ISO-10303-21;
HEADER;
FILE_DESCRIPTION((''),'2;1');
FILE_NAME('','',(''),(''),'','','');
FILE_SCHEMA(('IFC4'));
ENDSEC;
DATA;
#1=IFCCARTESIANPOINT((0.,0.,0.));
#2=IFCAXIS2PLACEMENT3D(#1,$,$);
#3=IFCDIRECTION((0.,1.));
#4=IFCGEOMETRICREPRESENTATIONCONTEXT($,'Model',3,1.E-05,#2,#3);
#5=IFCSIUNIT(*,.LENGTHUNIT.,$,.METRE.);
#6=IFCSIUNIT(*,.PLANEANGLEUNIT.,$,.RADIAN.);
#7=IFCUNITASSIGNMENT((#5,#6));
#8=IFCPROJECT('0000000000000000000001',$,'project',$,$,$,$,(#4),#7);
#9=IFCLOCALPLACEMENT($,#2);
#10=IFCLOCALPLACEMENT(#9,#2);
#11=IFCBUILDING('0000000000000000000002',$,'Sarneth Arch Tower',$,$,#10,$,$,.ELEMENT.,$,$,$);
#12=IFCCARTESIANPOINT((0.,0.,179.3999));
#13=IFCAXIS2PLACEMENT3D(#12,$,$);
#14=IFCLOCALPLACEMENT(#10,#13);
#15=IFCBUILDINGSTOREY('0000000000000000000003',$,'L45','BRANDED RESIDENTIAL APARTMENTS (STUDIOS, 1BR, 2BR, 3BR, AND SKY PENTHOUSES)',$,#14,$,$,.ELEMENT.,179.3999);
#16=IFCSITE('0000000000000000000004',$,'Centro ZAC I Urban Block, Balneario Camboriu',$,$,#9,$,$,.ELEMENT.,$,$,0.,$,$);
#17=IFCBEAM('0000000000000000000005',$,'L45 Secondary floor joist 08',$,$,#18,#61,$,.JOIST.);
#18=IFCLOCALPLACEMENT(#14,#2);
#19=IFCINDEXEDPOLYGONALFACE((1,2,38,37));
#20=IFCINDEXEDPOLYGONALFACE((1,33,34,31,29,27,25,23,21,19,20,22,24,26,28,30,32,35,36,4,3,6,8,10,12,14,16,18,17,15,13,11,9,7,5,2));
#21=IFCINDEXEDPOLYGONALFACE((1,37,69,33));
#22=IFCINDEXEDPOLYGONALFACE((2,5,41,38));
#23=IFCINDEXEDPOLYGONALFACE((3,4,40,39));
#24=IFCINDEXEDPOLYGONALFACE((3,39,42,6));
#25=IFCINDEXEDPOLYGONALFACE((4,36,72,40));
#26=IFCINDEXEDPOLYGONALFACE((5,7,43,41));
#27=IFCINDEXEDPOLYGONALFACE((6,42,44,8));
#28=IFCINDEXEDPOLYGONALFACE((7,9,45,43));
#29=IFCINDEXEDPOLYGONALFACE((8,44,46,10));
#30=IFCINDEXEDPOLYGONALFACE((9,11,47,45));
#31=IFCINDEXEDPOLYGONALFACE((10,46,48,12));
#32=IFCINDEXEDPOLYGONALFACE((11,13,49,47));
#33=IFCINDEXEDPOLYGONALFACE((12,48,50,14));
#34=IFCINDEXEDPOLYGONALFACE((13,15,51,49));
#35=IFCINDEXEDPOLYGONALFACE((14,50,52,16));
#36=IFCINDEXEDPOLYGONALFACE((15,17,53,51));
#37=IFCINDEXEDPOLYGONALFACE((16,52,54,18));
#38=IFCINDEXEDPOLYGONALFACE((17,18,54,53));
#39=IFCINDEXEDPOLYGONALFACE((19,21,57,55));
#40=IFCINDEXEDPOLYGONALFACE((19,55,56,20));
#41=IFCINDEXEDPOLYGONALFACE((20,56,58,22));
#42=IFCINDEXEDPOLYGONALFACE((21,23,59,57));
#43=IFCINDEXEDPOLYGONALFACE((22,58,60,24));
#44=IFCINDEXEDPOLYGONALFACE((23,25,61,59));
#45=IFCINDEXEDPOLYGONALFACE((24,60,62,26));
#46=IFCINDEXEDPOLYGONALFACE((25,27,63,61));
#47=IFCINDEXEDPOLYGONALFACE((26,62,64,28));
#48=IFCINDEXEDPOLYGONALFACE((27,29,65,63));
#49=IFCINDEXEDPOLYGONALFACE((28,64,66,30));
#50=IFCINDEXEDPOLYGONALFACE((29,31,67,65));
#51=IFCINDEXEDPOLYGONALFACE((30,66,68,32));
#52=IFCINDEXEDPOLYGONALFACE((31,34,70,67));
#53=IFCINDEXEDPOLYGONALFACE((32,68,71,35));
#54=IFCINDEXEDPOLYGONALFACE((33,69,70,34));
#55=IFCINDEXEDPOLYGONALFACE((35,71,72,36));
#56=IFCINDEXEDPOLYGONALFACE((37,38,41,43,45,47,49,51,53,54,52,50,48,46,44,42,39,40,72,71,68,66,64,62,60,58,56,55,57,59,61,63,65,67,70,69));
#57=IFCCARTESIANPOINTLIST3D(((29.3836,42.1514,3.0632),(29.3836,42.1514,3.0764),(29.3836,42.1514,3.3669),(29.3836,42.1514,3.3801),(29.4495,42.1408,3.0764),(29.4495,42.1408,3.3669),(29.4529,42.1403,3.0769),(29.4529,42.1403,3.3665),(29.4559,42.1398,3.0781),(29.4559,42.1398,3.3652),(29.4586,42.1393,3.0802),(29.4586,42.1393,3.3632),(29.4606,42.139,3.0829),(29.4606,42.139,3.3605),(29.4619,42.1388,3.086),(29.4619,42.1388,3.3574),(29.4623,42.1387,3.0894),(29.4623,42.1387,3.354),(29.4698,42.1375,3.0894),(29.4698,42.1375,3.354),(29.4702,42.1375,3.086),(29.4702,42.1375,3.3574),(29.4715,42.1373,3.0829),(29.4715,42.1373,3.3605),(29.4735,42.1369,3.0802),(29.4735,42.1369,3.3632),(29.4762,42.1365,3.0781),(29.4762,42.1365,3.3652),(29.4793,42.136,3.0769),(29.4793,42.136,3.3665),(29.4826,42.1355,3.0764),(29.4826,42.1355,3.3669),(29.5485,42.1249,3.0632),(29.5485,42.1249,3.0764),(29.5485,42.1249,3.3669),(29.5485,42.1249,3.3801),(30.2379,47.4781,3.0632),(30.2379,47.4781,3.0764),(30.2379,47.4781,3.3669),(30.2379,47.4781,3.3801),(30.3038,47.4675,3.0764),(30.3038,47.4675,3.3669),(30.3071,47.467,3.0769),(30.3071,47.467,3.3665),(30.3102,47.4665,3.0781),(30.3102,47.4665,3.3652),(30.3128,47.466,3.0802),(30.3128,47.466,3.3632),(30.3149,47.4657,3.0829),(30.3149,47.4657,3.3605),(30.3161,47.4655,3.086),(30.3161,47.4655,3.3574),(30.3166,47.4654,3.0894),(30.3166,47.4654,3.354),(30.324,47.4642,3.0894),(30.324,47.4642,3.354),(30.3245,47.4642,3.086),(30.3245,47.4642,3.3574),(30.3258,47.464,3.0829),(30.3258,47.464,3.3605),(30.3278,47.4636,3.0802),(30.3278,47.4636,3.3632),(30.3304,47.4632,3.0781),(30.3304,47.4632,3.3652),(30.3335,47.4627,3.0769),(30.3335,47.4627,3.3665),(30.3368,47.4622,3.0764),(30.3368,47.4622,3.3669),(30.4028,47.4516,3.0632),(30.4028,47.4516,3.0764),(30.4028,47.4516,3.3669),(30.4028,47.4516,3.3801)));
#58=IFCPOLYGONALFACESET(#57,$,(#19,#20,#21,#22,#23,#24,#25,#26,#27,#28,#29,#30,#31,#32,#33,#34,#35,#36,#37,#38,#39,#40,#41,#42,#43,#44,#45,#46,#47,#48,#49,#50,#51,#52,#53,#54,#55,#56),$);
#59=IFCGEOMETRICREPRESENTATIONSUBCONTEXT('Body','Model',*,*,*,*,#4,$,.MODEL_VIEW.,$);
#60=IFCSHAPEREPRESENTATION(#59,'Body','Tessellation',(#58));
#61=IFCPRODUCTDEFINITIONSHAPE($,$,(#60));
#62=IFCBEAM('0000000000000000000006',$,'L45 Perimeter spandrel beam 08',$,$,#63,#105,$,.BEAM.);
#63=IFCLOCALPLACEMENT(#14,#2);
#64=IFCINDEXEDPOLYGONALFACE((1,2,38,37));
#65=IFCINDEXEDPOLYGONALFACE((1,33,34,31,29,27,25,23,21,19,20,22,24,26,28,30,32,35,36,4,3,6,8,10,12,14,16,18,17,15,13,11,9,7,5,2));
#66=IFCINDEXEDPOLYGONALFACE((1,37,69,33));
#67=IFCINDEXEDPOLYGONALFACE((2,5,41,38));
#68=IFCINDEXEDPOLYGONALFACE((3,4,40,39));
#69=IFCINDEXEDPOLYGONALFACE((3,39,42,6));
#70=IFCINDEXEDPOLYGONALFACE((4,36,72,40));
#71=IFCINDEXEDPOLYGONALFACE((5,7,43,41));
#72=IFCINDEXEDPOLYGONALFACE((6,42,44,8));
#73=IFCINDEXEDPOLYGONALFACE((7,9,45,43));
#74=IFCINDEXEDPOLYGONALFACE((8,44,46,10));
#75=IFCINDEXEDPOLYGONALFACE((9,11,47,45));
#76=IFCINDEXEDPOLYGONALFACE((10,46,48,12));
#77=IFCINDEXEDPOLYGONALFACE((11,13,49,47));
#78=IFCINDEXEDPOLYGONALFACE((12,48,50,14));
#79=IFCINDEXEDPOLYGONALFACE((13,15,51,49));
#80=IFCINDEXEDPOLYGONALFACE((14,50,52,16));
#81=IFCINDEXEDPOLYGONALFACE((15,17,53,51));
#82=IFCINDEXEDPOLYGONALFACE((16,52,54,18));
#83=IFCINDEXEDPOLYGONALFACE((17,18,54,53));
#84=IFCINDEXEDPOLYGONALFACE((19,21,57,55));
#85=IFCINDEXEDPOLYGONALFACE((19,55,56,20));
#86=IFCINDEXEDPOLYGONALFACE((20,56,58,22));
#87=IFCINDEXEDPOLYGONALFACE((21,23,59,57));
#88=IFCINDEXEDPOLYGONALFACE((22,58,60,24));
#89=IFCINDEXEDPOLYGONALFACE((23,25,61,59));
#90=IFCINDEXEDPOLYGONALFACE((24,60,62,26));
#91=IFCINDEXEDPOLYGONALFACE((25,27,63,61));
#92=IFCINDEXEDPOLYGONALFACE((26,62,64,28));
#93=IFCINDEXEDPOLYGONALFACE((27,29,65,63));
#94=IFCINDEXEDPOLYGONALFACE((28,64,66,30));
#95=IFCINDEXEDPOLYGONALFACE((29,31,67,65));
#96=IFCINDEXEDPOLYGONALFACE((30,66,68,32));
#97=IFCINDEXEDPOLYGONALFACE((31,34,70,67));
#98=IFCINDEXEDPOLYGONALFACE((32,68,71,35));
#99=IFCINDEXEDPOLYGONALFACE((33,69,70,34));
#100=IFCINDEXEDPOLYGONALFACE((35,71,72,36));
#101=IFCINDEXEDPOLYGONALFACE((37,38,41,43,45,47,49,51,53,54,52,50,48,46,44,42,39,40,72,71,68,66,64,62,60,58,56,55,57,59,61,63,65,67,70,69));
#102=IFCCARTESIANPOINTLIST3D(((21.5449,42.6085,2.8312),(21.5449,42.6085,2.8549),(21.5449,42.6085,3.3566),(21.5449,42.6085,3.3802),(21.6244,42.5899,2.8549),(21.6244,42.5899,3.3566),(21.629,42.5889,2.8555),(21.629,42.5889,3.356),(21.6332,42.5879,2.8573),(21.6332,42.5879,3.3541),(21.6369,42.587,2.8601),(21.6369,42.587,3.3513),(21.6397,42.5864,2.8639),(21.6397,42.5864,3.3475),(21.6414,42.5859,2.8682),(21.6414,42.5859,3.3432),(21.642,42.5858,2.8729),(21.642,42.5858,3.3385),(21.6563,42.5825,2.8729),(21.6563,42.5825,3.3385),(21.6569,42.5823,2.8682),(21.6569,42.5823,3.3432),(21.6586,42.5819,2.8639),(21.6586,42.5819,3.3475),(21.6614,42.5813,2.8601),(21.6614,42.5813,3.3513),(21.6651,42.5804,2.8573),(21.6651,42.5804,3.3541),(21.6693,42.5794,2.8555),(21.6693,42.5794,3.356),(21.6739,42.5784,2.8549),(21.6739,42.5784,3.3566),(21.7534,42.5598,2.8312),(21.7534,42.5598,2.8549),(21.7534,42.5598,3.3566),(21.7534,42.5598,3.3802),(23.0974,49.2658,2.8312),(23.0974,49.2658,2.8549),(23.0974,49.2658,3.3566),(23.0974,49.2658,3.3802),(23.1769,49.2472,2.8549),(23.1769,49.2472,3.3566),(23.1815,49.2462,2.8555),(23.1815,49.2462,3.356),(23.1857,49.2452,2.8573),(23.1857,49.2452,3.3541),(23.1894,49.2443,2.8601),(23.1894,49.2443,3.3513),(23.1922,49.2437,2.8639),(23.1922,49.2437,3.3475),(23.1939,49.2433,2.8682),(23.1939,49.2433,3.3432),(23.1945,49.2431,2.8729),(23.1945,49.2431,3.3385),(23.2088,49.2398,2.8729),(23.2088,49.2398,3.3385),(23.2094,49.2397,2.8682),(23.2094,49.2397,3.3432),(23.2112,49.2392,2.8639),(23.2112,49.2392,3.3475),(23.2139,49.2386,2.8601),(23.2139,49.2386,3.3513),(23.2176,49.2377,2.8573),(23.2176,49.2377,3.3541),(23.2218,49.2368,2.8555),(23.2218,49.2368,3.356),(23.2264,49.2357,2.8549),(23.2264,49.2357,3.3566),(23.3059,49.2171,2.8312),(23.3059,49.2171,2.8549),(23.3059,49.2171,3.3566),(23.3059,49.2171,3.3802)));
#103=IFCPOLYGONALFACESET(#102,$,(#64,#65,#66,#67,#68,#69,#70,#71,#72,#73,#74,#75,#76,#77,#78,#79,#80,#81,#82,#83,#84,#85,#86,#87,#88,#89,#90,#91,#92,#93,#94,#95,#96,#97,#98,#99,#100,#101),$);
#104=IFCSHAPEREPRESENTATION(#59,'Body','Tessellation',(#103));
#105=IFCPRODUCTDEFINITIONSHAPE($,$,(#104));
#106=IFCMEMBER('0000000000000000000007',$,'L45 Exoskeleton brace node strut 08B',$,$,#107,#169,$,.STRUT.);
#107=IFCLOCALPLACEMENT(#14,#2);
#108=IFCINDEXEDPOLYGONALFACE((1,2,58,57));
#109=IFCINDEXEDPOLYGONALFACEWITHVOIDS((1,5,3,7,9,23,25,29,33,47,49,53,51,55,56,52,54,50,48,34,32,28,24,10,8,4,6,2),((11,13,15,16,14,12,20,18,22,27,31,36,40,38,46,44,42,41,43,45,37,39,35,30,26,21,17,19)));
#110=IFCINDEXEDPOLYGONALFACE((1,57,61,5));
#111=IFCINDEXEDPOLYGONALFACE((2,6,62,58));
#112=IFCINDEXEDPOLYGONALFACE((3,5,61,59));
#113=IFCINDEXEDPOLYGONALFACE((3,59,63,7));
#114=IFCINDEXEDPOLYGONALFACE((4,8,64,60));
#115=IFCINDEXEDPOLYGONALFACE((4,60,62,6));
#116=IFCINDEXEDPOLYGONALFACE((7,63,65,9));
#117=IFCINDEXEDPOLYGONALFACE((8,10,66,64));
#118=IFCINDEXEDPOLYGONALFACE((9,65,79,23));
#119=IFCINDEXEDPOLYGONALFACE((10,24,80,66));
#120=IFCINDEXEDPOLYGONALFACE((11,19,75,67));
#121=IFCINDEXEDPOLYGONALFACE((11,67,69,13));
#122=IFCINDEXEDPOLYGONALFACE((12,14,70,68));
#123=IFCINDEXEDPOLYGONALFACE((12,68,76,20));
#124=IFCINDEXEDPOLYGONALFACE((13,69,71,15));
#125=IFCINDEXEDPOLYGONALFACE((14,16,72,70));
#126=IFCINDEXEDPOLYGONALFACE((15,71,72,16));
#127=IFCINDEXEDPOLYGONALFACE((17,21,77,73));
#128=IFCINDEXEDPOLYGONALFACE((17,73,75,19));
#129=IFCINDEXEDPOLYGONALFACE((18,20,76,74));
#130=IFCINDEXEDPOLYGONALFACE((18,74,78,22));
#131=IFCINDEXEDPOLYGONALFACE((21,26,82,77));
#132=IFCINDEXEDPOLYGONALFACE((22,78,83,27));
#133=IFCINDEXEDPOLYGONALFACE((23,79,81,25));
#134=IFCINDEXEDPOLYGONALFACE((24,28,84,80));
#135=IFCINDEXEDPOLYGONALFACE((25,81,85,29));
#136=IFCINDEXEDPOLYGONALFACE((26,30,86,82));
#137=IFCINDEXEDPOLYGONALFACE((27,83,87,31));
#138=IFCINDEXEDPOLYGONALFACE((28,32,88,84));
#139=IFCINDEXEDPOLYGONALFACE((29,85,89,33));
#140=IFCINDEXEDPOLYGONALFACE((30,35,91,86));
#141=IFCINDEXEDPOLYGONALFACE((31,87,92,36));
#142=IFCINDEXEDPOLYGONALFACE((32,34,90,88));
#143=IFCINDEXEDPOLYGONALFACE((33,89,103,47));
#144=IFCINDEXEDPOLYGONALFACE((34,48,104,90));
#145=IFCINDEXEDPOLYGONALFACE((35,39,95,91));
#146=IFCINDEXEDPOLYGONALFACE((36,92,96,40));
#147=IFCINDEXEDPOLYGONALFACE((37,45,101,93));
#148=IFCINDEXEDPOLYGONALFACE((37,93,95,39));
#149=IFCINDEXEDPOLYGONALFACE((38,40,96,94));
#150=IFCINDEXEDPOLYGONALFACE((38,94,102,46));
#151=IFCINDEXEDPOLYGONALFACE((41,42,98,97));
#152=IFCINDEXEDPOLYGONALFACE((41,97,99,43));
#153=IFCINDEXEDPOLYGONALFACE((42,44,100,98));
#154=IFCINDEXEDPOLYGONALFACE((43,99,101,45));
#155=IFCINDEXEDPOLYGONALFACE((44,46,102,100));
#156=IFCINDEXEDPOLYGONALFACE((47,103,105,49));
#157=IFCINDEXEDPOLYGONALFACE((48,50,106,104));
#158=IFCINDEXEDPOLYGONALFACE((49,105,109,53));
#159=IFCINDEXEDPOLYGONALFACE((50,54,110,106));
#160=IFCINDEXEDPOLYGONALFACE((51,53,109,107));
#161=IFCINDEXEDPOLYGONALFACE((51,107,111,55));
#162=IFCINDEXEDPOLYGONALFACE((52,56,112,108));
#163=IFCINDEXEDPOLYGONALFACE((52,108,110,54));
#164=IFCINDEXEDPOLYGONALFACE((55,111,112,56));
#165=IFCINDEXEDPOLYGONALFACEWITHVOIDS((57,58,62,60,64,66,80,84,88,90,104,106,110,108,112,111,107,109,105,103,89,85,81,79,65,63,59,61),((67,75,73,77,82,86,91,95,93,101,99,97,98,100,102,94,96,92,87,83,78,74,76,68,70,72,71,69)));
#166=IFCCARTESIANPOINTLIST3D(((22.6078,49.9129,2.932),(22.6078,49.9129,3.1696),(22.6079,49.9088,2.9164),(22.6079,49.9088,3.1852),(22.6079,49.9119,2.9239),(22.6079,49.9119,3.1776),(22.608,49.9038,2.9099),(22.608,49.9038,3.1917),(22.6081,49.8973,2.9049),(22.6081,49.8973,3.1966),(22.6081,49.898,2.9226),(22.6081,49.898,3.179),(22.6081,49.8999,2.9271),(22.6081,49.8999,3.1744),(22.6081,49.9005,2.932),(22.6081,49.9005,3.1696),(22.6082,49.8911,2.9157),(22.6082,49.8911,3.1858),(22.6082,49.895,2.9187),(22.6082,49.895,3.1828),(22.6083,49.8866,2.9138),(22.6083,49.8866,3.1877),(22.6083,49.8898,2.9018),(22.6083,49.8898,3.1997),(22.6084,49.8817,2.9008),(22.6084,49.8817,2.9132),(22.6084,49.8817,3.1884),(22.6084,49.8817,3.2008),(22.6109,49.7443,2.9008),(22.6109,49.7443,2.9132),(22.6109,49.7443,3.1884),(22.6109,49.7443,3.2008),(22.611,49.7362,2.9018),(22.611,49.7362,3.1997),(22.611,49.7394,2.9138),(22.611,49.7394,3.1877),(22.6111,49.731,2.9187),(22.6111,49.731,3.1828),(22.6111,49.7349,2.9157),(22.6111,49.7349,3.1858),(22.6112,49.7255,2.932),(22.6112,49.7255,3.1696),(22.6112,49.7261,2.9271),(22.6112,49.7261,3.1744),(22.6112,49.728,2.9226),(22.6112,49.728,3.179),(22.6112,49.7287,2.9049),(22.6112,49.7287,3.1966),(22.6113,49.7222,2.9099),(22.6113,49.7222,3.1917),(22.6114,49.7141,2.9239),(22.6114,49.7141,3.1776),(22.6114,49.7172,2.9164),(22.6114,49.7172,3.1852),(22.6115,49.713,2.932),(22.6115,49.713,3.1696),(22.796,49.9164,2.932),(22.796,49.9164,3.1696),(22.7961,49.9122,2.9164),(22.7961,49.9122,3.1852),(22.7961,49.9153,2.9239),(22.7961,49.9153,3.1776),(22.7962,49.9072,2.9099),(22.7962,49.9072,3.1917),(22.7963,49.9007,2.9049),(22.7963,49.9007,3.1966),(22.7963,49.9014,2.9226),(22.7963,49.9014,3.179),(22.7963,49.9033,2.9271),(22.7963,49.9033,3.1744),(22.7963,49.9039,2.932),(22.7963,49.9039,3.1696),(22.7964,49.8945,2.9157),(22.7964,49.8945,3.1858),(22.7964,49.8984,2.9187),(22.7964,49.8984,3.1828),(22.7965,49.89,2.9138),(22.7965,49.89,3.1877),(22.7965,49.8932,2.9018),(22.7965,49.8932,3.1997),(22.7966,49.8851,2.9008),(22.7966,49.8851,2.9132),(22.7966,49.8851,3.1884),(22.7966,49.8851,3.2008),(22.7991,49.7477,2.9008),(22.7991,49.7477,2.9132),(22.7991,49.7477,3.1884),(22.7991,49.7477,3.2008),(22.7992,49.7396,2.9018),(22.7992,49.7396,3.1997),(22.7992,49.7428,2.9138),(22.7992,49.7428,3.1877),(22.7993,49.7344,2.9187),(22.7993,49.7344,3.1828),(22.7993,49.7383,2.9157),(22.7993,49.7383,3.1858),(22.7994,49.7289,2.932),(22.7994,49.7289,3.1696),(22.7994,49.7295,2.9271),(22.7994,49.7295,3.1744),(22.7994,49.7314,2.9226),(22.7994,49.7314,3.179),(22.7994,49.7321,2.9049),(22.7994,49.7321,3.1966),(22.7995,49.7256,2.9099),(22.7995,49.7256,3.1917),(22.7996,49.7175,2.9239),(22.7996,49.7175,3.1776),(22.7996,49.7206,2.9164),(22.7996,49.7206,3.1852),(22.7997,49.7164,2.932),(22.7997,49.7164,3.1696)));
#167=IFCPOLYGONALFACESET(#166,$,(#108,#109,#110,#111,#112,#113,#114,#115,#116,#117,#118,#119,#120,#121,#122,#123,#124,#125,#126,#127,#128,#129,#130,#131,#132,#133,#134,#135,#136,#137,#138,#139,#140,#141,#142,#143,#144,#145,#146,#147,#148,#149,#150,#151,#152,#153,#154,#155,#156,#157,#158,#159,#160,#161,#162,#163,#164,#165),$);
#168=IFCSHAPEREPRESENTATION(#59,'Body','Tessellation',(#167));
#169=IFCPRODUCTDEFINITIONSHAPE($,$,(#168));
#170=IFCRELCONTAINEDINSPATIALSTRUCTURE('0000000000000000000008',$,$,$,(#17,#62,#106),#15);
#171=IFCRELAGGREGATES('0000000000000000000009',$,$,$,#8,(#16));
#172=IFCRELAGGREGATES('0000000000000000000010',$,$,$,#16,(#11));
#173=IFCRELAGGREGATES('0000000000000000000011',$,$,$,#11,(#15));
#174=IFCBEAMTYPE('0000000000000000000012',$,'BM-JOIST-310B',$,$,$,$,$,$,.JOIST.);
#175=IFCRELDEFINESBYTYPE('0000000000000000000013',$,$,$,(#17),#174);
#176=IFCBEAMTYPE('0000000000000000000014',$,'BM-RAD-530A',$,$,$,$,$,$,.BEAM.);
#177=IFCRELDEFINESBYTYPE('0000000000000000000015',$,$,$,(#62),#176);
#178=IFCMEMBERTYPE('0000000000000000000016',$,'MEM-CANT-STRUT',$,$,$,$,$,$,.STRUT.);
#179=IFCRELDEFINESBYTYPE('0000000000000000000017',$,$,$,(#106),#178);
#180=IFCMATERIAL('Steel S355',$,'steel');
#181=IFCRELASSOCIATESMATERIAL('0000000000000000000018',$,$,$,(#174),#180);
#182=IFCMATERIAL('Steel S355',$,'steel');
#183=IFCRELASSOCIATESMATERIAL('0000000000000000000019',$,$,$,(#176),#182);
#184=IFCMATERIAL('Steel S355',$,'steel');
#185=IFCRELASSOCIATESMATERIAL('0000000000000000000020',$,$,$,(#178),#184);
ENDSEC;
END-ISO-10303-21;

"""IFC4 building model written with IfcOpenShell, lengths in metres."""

from ifc_helpers import new_model, si_unit, direction, frame, origin, origin_2d, place, context, subcontext, project, spatial, hollow_rectangle, i_section, extrude, material, material_profile, profile_set, type_object, element, save


model = new_model("IFC4")

# Units and contexts
model_context = context("Model", 3, precision=1e-05, world=origin(), true_north=direction((0.0, 1.0)))
body_context = subcontext(model_context, "Body", "Model", "MODEL_VIEW")
ifc_project = project(units=[si_unit("LENGTHUNIT", "METRE"), si_unit("PLANEANGLEUNIT", "RADIAN")], contexts=[model_context])

# Site, building, storey
site_placement = place(None, origin())
site = spatial("IfcSite", under=ifc_project, at=site_placement, Name="Centro ZAC I Urban Block, Balneario Camboriu", CompositionType="ELEMENT", RefElevation=0.0)
building_placement = place(site_placement, origin())
building = spatial("IfcBuilding", under=site, at=building_placement, Name="Sarneth Arch Tower", CompositionType="ELEMENT")
storey_placement = place(building_placement, frame((0.0, 0.0, 179.3999)))
storey = spatial("IfcBuildingStorey", under=building, at=storey_placement, Name="L45", Description="BRANDED RESIDENTIAL APARTMENTS (STUDIOS, 1BR, 2BR, 3BR, AND SKY PENTHOUSES)", CompositionType="ELEMENT", Elevation=179.3999)

# Beams
ifc_material_1 = material(Name="Steel S355", Category="steel")
ifc_material_profile_1 = material_profile(ifc_material_1, i_section(OverallWidth=0.167, OverallDepth=0.3169, WebThickness=0.0076, FlangeThickness=0.0132, FilletRadius=0.0129, at=origin_2d()), Name="W310x52")
ifc_profile_set_1 = profile_set([ifc_material_profile_1], Name="Steel S355")
beam_type_1 = type_object("IfcBeamType", Name="BM-JOIST-310B", PredefinedType="JOIST", material=ifc_profile_set_1)
beam_1_placement = place(storey_placement, frame((30.3203, 47.4648, 3.2217), z_axis=(-0.158349, -0.987383, 0.0), x_axis=(0.987383, -0.158349, 0.0)))
element("IfcBeam", 1, at=beam_1_placement, inside=storey, type_object=beam_type_1, Name="L45 Secondary floor joist 08", PredefinedType="JOIST", context=body_context, shape_type="SweptSolid", body=[
    extrude(i_section(OverallWidth=0.167, OverallDepth=0.3169, WebThickness=0.0076, FlangeThickness=0.0132, FilletRadius=0.0129, at=origin_2d()), origin(), (0.0, 0.0, 1.0), 5.3948),
])
ifc_material_2 = material(Name="Steel S355", Category="steel")
ifc_material_profile_2 = material_profile(ifc_material_2, i_section(OverallWidth=0.2141, OverallDepth=0.5491, WebThickness=0.0146, FlangeThickness=0.0237, FilletRadius=0.0181, at=origin_2d()), Name="W530x138")
ifc_profile_set_2 = profile_set([ifc_material_profile_2], Name="Steel S355")
beam_type_2 = type_object("IfcBeamType", Name="BM-RAD-530A", PredefinedType="BEAM", material=ifc_profile_set_2)
beam_2_placement = place(storey_placement, frame((23.2017, 49.2415, 3.1057), z_axis=(-0.22711, -0.973869, 0.0), x_axis=(0.973869, -0.22711, 0.0)))
element("IfcBeam", 2, at=beam_2_placement, inside=storey, type_object=beam_type_2, Name="L45 Perimeter spandrel beam 08", PredefinedType="BEAM", context=body_context, shape_type="SweptSolid", body=[
    extrude(i_section(OverallWidth=0.2141, OverallDepth=0.5491, WebThickness=0.0146, FlangeThickness=0.0237, FilletRadius=0.0181, at=origin_2d()), origin(), (0.0, 0.0, 1.0), 6.8359),
])

# Member
ifc_material_3 = material(Name="Steel S355", Category="steel")
ifc_material_profile_3 = material_profile(ifc_material_3, hollow_rectangle(XDim=0.2, YDim=0.3, WallThickness=0.0125, InnerFilletRadius=0.0188, OuterFilletRadius=0.0312, at=origin_2d()), Name="RHS300x200x12.5")
ifc_profile_set_3 = profile_set([ifc_material_profile_3], Name="Steel S355")
member_type_1 = type_object("IfcMemberType", Name="MEM-CANT-STRUT", PredefinedType="STRUT", material=ifc_profile_set_3)
member_1_placement = place(storey_placement, frame((22.7979, 49.8164, 3.0508), z_axis=(-0.999835, -0.018155, 0.0), x_axis=(0.018155, -0.999835, 0.0)))
element("IfcMember", 3, at=member_1_placement, inside=storey, type_object=member_type_1, Name="L45 Exoskeleton brace node strut 08B", PredefinedType="STRUT", context=body_context, shape_type="SweptSolid", body=[
    extrude(hollow_rectangle(XDim=0.2, YDim=0.3, WallThickness=0.0125, InnerFilletRadius=0.0188, OuterFilletRadius=0.0312, at=origin_2d()), origin(), (0.0, 0.0, 1.0), 0.1882),
])

save(model, "model.ifc")
